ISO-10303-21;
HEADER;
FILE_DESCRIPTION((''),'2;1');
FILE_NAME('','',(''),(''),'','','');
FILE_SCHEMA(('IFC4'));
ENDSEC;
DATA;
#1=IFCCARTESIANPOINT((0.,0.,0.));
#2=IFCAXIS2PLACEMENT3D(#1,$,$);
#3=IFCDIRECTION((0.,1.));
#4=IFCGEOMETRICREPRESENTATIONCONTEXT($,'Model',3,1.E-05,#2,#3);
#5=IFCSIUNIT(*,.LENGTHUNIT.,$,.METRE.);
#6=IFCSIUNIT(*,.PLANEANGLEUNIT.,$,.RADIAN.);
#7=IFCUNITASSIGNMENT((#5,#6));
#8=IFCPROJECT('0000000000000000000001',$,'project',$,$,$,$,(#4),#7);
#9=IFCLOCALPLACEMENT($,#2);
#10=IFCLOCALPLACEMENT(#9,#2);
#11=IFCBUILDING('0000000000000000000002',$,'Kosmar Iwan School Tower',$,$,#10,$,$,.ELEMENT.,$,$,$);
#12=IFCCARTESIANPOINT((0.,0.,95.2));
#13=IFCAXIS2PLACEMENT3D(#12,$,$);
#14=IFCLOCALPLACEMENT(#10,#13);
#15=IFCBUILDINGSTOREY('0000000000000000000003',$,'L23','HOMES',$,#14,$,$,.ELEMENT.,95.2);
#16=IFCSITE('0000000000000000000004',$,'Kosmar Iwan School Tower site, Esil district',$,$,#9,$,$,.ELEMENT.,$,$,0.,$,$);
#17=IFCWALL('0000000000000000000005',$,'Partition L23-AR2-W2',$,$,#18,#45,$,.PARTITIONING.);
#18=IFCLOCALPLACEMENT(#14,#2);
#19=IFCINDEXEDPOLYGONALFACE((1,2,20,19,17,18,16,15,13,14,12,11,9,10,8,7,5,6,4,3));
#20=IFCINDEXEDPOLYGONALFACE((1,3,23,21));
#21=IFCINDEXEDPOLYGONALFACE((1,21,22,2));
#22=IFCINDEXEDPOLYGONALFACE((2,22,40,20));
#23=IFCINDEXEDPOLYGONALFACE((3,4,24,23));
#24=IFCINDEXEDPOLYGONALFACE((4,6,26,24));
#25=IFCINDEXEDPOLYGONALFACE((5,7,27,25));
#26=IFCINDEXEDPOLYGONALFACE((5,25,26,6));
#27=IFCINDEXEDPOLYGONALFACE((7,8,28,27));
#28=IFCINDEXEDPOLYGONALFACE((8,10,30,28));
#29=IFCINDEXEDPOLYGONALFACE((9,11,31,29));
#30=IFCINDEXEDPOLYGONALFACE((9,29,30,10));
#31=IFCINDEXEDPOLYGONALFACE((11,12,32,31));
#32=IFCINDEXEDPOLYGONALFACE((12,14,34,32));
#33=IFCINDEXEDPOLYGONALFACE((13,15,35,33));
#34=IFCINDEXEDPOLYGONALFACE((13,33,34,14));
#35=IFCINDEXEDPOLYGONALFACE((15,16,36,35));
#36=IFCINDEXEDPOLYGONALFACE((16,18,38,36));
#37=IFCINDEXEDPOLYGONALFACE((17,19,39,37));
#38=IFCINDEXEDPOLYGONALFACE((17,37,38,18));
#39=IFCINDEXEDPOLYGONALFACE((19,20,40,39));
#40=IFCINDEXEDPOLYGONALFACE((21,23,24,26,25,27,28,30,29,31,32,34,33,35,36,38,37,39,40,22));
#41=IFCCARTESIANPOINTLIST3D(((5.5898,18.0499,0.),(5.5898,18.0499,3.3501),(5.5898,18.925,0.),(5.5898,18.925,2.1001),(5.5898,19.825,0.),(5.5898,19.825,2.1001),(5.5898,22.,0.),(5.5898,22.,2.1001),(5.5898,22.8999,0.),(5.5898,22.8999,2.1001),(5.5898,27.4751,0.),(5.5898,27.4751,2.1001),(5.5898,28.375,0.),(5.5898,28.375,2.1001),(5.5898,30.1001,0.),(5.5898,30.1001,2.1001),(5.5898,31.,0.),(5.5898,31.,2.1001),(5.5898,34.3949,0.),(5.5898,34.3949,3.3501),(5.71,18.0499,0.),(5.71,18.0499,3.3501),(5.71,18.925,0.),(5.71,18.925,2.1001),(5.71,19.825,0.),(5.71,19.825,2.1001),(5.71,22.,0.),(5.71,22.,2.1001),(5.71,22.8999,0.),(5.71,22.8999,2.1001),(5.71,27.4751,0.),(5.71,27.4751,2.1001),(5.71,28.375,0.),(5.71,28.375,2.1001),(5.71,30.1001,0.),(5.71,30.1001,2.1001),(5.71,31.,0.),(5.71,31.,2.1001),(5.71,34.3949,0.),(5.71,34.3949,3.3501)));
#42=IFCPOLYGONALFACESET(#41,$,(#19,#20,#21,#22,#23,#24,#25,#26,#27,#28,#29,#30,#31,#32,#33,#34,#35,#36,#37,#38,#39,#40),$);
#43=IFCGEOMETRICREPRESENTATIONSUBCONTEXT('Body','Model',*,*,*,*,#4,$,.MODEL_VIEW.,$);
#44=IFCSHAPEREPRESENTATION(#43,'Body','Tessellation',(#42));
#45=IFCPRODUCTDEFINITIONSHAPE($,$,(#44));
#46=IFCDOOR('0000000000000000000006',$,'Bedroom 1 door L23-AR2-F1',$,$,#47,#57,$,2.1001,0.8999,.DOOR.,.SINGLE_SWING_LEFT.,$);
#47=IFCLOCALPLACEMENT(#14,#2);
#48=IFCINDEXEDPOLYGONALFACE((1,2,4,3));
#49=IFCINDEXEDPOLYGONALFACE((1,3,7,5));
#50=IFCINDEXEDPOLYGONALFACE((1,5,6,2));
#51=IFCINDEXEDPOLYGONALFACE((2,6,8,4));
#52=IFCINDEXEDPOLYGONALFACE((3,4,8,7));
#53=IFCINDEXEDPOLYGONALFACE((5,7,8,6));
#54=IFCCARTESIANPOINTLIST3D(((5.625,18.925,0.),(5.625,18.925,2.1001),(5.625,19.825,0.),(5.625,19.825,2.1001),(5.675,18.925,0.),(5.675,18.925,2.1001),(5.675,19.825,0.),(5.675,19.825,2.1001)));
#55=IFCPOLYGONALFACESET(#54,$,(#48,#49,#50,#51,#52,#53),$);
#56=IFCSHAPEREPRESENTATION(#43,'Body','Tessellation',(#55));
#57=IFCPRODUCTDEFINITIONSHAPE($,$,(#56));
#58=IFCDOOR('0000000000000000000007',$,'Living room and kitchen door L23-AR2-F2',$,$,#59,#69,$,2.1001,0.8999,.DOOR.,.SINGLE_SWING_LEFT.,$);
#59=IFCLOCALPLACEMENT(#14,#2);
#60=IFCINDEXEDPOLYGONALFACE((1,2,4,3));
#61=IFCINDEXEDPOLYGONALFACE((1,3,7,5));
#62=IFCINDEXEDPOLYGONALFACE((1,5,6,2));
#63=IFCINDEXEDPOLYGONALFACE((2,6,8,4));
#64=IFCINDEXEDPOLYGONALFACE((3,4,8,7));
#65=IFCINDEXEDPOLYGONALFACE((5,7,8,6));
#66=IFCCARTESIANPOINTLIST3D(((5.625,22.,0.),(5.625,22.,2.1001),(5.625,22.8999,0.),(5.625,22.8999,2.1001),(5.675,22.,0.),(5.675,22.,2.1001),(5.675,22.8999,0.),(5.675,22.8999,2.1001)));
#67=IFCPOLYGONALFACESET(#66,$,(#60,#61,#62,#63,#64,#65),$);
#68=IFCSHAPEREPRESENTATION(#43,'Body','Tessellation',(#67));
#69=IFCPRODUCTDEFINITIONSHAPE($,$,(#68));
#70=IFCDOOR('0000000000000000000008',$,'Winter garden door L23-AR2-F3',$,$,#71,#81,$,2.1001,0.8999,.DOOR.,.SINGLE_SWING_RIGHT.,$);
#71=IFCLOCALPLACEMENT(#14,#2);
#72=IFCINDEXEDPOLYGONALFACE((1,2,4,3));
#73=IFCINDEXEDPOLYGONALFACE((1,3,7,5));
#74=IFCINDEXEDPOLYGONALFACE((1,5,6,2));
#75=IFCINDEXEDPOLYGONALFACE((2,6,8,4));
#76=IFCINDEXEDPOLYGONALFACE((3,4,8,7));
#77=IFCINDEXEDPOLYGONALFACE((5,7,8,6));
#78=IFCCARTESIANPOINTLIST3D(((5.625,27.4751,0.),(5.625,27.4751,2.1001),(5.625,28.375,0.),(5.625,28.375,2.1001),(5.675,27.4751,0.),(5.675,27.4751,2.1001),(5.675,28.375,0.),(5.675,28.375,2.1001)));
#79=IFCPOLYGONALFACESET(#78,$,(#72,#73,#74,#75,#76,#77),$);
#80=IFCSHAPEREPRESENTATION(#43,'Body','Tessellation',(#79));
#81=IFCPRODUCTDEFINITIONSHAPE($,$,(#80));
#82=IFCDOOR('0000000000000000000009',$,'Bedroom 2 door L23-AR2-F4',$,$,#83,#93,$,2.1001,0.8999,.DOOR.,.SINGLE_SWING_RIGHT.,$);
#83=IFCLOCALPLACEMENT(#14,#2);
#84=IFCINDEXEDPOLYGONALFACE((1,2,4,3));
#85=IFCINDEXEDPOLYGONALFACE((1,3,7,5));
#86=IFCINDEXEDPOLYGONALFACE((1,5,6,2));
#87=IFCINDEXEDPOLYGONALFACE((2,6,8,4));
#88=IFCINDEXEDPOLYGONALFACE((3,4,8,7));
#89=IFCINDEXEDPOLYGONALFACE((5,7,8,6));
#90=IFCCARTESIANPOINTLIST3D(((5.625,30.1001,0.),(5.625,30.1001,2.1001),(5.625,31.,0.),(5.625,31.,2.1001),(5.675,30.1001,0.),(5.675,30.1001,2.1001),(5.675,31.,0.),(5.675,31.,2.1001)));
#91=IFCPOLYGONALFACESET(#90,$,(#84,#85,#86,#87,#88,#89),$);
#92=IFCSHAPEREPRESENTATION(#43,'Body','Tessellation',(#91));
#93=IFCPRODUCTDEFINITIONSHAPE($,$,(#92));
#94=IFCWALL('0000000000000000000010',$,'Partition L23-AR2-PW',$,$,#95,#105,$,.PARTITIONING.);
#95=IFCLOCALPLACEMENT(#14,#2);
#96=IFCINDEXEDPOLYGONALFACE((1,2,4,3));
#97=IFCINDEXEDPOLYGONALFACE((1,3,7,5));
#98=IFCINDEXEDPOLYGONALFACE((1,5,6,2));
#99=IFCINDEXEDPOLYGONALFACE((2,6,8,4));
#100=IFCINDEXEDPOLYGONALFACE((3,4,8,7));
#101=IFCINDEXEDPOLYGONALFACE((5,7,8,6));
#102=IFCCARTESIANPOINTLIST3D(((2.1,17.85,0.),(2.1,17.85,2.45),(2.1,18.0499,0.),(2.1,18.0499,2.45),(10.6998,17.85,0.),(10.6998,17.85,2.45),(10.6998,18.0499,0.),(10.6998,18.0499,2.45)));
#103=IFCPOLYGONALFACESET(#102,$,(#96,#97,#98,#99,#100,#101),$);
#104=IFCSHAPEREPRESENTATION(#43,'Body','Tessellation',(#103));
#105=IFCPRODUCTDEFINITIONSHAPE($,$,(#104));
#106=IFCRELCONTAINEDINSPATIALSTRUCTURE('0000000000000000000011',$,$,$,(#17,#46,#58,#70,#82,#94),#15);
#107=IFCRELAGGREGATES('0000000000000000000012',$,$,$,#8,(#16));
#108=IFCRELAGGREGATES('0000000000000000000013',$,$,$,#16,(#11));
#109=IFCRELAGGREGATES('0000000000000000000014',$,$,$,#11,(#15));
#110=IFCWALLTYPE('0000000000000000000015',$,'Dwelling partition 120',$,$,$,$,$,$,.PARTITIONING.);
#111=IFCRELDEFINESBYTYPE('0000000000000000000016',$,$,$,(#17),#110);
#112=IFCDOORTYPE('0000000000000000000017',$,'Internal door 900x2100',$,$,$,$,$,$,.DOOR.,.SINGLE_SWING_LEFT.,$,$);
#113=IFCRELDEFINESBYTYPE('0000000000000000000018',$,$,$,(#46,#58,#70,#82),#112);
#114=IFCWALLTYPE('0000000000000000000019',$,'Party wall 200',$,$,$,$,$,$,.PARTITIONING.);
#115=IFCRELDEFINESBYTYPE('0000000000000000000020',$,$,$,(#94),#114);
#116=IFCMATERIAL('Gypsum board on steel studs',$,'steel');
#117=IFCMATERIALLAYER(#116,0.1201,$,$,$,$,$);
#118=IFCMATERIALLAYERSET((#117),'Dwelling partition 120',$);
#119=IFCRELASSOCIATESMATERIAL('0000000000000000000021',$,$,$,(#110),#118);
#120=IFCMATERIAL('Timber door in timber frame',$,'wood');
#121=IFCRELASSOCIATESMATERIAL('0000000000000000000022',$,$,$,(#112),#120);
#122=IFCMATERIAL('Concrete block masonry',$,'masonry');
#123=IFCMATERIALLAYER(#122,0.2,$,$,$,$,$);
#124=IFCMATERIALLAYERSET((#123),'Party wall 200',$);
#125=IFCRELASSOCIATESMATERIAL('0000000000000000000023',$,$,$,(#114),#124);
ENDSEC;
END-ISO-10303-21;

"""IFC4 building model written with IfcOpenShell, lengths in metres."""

from ifc_helpers import new_model, si_unit, direction, frame, frame_2d, origin, place, context, subcontext, project, spatial, rectangle, extrude, material, layer, layer_set, type_object, element, fill, save


model = new_model("IFC4")

# Units and contexts
model_context = context("Model", 3, precision=1e-05, world=origin(), true_north=direction((0.0, 1.0)))
body_context = subcontext(model_context, "Body", "Model", "MODEL_VIEW")
ifc_project = project(units=[si_unit("LENGTHUNIT", "METRE"), si_unit("PLANEANGLEUNIT", "RADIAN")], contexts=[model_context])

# Site, building, storey
site_placement = place(None, origin())
site = spatial("IfcSite", under=ifc_project, at=site_placement, Name="Kosmar Iwan School Tower site, Esil district", CompositionType="ELEMENT", RefElevation=0.0)
building_placement = place(site_placement, origin())
building = spatial("IfcBuilding", under=site, at=building_placement, Name="Kosmar Iwan School Tower", CompositionType="ELEMENT")
storey_placement = place(building_placement, frame((0.0, 0.0, 95.2)))
storey = spatial("IfcBuildingStorey", under=building, at=storey_placement, Name="L23", Description="HOMES", CompositionType="ELEMENT", Elevation=95.2)

# Shared definitions
ifc_material_1 = material(Name="Gypsum board on steel studs", Category="steel")
ifc_layer_1 = layer(ifc_material_1, 0.1201)
ifc_layer_set_1 = layer_set([ifc_layer_1], Name="Dwelling partition 120")
wall_type_1 = type_object("IfcWallType", Name="Dwelling partition 120", PredefinedType="PARTITIONING", material=ifc_layer_set_1)

# Wall, openings, doors
ifc_material_2 = material(Name="Timber door in timber frame", Category="wood")
door_type_1 = type_object("IfcDoorType", Name="Internal door 900x2100", OperationType="SINGLE_SWING_LEFT", PredefinedType="DOOR", material=ifc_material_2)
wall_1_placement = place(storey_placement, frame((5.6499, 18.05, 0.0), z_axis=(0.0, 0.0, 1.0), x_axis=(0.0, 1.0, 0.0)))
wall_1 = element("IfcWall", 1, at=wall_1_placement, inside=storey, type_object=wall_type_1, Name="Partition L23-AR2-W2", PredefinedType="PARTITIONING", context=body_context, shape_type="SweptSolid", body=[
    extrude(rectangle(XDim=16.345, YDim=0.1201, at=frame_2d((8.1724, 0.0))), origin(), (0.0, 0.0, 1.0), 3.3501),
])
opening_1_placement = place(wall_1_placement, frame((0.875, 0.0, 0.0)))
opening_1 = element("IfcOpeningElement", 2, at=opening_1_placement, cuts=wall_1, PredefinedType="OPENING", context=body_context, shape_type="SweptSolid", body=[
    extrude(rectangle(XDim=0.8999, YDim=2.1001, at=frame_2d((0.45, 1.05))), frame((0.0, 0.072, 0.0), z_axis=(0.0, -1.0, 0.0), x_axis=(1.0, 0.0, 0.0)), (0.0, 0.0, 1.0), 0.144),
])
opening_2_placement = place(wall_1_placement, frame((3.95, 0.0, 0.0)))
opening_2 = element("IfcOpeningElement", 3, at=opening_2_placement, cuts=wall_1, PredefinedType="OPENING", context=body_context, shape_type="SweptSolid", body=[
    extrude(rectangle(XDim=0.8999, YDim=2.1001, at=frame_2d((0.45, 1.05))), frame((0.0, 0.072, 0.0), z_axis=(0.0, -1.0, 0.0), x_axis=(1.0, 0.0, 0.0)), (0.0, 0.0, 1.0), 0.144),
])
opening_3_placement = place(wall_1_placement, frame((9.425, 0.0, 0.0)))
opening_3 = element("IfcOpeningElement", 4, at=opening_3_placement, cuts=wall_1, PredefinedType="OPENING", context=body_context, shape_type="SweptSolid", body=[
    extrude(rectangle(XDim=0.8999, YDim=2.1001, at=frame_2d((0.45, 1.05))), frame((0.0, 0.072, 0.0), z_axis=(0.0, -1.0, 0.0), x_axis=(1.0, 0.0, 0.0)), (0.0, 0.0, 1.0), 0.144),
])
opening_4_placement = place(wall_1_placement, frame((12.05, 0.0, 0.0)))
opening_4 = element("IfcOpeningElement", 5, at=opening_4_placement, cuts=wall_1, PredefinedType="OPENING", context=body_context, shape_type="SweptSolid", body=[
    extrude(rectangle(XDim=0.8999, YDim=2.1001, at=frame_2d((0.45, 1.05))), frame((0.0, 0.072, 0.0), z_axis=(0.0, -1.0, 0.0), x_axis=(1.0, 0.0, 0.0)), (0.0, 0.0, 1.0), 0.144),
])
door_1_placement = place(opening_1_placement, origin())
door_1 = element("IfcDoor", 6, at=door_1_placement, inside=storey, type_object=door_type_1, Name="Bedroom 1 door L23-AR2-F1", OperationType="SINGLE_SWING_LEFT", OverallHeight=2.1001, OverallWidth=0.8999, PredefinedType="DOOR", context=body_context, shape_type="SweptSolid", body=[
    extrude(rectangle(XDim=0.8999, YDim=2.1001, at=frame_2d((0.45, 1.05))), frame((0.0, 0.0249, 0.0), z_axis=(0.0, -1.0, 0.0), x_axis=(1.0, 0.0, 0.0)), (0.0, 0.0, 1.0), 0.05),
])
fill(opening_1, door_1)
door_2_placement = place(opening_2_placement, origin())
door_2 = element("IfcDoor", 7, at=door_2_placement, inside=storey, type_object=door_type_1, Name="Living room and kitchen door L23-AR2-F2", OperationType="SINGLE_SWING_LEFT", OverallHeight=2.1001, OverallWidth=0.8999, PredefinedType="DOOR", context=body_context, shape_type="SweptSolid", body=[
    extrude(rectangle(XDim=0.8999, YDim=2.1001, at=frame_2d((0.45, 1.05))), frame((0.0, 0.0249, 0.0), z_axis=(0.0, -1.0, 0.0), x_axis=(1.0, 0.0, 0.0)), (0.0, 0.0, 1.0), 0.05),
])
fill(opening_2, door_2)
door_3_placement = place(opening_3_placement, origin())
door_3 = element("IfcDoor", 8, at=door_3_placement, inside=storey, type_object=door_type_1, Name="Winter garden door L23-AR2-F3", OperationType="SINGLE_SWING_RIGHT", OverallHeight=2.1001, OverallWidth=0.8999, PredefinedType="DOOR", context=body_context, shape_type="SweptSolid", body=[
    extrude(rectangle(XDim=0.8999, YDim=2.1001, at=frame_2d((0.45, 1.05))), frame((0.0, 0.0249, 0.0), z_axis=(0.0, -1.0, 0.0), x_axis=(1.0, 0.0, 0.0)), (0.0, 0.0, 1.0), 0.05),
])
fill(opening_3, door_3)
door_4_placement = place(opening_4_placement, origin())
door_4 = element("IfcDoor", 9, at=door_4_placement, inside=storey, type_object=door_type_1, Name="Bedroom 2 door L23-AR2-F4", OperationType="SINGLE_SWING_RIGHT", OverallHeight=2.1001, OverallWidth=0.8999, PredefinedType="DOOR", context=body_context, shape_type="SweptSolid", body=[
    extrude(rectangle(XDim=0.8999, YDim=2.1001, at=frame_2d((0.45, 1.05))), frame((0.0, 0.0249, 0.0), z_axis=(0.0, -1.0, 0.0), x_axis=(1.0, 0.0, 0.0)), (0.0, 0.0, 1.0), 0.05),
])
fill(opening_4, door_4)

# Wall
ifc_material_3 = material(Name="Concrete block masonry", Category="masonry")
ifc_layer_2 = layer(ifc_material_3, 0.2)
ifc_layer_set_2 = layer_set([ifc_layer_2], Name="Party wall 200")
wall_type_2 = type_object("IfcWallType", Name="Party wall 200", PredefinedType="PARTITIONING", material=ifc_layer_set_2)
wall_2_placement = place(storey_placement, frame((2.1001, 17.95, 0.0), z_axis=(0.0, 0.0, 1.0), x_axis=(1.0, 0.0, 0.0)))
element("IfcWall", 10, at=wall_2_placement, inside=storey, type_object=wall_type_2, Name="Partition L23-AR2-PW", PredefinedType="PARTITIONING", context=body_context, shape_type="SweptSolid", body=[
    extrude(rectangle(XDim=8.5999, YDim=0.2, at=frame_2d((4.2998, 0.0))), origin(), (0.0, 0.0, 1.0), 2.45),
])

save(model, "model.ifc")
